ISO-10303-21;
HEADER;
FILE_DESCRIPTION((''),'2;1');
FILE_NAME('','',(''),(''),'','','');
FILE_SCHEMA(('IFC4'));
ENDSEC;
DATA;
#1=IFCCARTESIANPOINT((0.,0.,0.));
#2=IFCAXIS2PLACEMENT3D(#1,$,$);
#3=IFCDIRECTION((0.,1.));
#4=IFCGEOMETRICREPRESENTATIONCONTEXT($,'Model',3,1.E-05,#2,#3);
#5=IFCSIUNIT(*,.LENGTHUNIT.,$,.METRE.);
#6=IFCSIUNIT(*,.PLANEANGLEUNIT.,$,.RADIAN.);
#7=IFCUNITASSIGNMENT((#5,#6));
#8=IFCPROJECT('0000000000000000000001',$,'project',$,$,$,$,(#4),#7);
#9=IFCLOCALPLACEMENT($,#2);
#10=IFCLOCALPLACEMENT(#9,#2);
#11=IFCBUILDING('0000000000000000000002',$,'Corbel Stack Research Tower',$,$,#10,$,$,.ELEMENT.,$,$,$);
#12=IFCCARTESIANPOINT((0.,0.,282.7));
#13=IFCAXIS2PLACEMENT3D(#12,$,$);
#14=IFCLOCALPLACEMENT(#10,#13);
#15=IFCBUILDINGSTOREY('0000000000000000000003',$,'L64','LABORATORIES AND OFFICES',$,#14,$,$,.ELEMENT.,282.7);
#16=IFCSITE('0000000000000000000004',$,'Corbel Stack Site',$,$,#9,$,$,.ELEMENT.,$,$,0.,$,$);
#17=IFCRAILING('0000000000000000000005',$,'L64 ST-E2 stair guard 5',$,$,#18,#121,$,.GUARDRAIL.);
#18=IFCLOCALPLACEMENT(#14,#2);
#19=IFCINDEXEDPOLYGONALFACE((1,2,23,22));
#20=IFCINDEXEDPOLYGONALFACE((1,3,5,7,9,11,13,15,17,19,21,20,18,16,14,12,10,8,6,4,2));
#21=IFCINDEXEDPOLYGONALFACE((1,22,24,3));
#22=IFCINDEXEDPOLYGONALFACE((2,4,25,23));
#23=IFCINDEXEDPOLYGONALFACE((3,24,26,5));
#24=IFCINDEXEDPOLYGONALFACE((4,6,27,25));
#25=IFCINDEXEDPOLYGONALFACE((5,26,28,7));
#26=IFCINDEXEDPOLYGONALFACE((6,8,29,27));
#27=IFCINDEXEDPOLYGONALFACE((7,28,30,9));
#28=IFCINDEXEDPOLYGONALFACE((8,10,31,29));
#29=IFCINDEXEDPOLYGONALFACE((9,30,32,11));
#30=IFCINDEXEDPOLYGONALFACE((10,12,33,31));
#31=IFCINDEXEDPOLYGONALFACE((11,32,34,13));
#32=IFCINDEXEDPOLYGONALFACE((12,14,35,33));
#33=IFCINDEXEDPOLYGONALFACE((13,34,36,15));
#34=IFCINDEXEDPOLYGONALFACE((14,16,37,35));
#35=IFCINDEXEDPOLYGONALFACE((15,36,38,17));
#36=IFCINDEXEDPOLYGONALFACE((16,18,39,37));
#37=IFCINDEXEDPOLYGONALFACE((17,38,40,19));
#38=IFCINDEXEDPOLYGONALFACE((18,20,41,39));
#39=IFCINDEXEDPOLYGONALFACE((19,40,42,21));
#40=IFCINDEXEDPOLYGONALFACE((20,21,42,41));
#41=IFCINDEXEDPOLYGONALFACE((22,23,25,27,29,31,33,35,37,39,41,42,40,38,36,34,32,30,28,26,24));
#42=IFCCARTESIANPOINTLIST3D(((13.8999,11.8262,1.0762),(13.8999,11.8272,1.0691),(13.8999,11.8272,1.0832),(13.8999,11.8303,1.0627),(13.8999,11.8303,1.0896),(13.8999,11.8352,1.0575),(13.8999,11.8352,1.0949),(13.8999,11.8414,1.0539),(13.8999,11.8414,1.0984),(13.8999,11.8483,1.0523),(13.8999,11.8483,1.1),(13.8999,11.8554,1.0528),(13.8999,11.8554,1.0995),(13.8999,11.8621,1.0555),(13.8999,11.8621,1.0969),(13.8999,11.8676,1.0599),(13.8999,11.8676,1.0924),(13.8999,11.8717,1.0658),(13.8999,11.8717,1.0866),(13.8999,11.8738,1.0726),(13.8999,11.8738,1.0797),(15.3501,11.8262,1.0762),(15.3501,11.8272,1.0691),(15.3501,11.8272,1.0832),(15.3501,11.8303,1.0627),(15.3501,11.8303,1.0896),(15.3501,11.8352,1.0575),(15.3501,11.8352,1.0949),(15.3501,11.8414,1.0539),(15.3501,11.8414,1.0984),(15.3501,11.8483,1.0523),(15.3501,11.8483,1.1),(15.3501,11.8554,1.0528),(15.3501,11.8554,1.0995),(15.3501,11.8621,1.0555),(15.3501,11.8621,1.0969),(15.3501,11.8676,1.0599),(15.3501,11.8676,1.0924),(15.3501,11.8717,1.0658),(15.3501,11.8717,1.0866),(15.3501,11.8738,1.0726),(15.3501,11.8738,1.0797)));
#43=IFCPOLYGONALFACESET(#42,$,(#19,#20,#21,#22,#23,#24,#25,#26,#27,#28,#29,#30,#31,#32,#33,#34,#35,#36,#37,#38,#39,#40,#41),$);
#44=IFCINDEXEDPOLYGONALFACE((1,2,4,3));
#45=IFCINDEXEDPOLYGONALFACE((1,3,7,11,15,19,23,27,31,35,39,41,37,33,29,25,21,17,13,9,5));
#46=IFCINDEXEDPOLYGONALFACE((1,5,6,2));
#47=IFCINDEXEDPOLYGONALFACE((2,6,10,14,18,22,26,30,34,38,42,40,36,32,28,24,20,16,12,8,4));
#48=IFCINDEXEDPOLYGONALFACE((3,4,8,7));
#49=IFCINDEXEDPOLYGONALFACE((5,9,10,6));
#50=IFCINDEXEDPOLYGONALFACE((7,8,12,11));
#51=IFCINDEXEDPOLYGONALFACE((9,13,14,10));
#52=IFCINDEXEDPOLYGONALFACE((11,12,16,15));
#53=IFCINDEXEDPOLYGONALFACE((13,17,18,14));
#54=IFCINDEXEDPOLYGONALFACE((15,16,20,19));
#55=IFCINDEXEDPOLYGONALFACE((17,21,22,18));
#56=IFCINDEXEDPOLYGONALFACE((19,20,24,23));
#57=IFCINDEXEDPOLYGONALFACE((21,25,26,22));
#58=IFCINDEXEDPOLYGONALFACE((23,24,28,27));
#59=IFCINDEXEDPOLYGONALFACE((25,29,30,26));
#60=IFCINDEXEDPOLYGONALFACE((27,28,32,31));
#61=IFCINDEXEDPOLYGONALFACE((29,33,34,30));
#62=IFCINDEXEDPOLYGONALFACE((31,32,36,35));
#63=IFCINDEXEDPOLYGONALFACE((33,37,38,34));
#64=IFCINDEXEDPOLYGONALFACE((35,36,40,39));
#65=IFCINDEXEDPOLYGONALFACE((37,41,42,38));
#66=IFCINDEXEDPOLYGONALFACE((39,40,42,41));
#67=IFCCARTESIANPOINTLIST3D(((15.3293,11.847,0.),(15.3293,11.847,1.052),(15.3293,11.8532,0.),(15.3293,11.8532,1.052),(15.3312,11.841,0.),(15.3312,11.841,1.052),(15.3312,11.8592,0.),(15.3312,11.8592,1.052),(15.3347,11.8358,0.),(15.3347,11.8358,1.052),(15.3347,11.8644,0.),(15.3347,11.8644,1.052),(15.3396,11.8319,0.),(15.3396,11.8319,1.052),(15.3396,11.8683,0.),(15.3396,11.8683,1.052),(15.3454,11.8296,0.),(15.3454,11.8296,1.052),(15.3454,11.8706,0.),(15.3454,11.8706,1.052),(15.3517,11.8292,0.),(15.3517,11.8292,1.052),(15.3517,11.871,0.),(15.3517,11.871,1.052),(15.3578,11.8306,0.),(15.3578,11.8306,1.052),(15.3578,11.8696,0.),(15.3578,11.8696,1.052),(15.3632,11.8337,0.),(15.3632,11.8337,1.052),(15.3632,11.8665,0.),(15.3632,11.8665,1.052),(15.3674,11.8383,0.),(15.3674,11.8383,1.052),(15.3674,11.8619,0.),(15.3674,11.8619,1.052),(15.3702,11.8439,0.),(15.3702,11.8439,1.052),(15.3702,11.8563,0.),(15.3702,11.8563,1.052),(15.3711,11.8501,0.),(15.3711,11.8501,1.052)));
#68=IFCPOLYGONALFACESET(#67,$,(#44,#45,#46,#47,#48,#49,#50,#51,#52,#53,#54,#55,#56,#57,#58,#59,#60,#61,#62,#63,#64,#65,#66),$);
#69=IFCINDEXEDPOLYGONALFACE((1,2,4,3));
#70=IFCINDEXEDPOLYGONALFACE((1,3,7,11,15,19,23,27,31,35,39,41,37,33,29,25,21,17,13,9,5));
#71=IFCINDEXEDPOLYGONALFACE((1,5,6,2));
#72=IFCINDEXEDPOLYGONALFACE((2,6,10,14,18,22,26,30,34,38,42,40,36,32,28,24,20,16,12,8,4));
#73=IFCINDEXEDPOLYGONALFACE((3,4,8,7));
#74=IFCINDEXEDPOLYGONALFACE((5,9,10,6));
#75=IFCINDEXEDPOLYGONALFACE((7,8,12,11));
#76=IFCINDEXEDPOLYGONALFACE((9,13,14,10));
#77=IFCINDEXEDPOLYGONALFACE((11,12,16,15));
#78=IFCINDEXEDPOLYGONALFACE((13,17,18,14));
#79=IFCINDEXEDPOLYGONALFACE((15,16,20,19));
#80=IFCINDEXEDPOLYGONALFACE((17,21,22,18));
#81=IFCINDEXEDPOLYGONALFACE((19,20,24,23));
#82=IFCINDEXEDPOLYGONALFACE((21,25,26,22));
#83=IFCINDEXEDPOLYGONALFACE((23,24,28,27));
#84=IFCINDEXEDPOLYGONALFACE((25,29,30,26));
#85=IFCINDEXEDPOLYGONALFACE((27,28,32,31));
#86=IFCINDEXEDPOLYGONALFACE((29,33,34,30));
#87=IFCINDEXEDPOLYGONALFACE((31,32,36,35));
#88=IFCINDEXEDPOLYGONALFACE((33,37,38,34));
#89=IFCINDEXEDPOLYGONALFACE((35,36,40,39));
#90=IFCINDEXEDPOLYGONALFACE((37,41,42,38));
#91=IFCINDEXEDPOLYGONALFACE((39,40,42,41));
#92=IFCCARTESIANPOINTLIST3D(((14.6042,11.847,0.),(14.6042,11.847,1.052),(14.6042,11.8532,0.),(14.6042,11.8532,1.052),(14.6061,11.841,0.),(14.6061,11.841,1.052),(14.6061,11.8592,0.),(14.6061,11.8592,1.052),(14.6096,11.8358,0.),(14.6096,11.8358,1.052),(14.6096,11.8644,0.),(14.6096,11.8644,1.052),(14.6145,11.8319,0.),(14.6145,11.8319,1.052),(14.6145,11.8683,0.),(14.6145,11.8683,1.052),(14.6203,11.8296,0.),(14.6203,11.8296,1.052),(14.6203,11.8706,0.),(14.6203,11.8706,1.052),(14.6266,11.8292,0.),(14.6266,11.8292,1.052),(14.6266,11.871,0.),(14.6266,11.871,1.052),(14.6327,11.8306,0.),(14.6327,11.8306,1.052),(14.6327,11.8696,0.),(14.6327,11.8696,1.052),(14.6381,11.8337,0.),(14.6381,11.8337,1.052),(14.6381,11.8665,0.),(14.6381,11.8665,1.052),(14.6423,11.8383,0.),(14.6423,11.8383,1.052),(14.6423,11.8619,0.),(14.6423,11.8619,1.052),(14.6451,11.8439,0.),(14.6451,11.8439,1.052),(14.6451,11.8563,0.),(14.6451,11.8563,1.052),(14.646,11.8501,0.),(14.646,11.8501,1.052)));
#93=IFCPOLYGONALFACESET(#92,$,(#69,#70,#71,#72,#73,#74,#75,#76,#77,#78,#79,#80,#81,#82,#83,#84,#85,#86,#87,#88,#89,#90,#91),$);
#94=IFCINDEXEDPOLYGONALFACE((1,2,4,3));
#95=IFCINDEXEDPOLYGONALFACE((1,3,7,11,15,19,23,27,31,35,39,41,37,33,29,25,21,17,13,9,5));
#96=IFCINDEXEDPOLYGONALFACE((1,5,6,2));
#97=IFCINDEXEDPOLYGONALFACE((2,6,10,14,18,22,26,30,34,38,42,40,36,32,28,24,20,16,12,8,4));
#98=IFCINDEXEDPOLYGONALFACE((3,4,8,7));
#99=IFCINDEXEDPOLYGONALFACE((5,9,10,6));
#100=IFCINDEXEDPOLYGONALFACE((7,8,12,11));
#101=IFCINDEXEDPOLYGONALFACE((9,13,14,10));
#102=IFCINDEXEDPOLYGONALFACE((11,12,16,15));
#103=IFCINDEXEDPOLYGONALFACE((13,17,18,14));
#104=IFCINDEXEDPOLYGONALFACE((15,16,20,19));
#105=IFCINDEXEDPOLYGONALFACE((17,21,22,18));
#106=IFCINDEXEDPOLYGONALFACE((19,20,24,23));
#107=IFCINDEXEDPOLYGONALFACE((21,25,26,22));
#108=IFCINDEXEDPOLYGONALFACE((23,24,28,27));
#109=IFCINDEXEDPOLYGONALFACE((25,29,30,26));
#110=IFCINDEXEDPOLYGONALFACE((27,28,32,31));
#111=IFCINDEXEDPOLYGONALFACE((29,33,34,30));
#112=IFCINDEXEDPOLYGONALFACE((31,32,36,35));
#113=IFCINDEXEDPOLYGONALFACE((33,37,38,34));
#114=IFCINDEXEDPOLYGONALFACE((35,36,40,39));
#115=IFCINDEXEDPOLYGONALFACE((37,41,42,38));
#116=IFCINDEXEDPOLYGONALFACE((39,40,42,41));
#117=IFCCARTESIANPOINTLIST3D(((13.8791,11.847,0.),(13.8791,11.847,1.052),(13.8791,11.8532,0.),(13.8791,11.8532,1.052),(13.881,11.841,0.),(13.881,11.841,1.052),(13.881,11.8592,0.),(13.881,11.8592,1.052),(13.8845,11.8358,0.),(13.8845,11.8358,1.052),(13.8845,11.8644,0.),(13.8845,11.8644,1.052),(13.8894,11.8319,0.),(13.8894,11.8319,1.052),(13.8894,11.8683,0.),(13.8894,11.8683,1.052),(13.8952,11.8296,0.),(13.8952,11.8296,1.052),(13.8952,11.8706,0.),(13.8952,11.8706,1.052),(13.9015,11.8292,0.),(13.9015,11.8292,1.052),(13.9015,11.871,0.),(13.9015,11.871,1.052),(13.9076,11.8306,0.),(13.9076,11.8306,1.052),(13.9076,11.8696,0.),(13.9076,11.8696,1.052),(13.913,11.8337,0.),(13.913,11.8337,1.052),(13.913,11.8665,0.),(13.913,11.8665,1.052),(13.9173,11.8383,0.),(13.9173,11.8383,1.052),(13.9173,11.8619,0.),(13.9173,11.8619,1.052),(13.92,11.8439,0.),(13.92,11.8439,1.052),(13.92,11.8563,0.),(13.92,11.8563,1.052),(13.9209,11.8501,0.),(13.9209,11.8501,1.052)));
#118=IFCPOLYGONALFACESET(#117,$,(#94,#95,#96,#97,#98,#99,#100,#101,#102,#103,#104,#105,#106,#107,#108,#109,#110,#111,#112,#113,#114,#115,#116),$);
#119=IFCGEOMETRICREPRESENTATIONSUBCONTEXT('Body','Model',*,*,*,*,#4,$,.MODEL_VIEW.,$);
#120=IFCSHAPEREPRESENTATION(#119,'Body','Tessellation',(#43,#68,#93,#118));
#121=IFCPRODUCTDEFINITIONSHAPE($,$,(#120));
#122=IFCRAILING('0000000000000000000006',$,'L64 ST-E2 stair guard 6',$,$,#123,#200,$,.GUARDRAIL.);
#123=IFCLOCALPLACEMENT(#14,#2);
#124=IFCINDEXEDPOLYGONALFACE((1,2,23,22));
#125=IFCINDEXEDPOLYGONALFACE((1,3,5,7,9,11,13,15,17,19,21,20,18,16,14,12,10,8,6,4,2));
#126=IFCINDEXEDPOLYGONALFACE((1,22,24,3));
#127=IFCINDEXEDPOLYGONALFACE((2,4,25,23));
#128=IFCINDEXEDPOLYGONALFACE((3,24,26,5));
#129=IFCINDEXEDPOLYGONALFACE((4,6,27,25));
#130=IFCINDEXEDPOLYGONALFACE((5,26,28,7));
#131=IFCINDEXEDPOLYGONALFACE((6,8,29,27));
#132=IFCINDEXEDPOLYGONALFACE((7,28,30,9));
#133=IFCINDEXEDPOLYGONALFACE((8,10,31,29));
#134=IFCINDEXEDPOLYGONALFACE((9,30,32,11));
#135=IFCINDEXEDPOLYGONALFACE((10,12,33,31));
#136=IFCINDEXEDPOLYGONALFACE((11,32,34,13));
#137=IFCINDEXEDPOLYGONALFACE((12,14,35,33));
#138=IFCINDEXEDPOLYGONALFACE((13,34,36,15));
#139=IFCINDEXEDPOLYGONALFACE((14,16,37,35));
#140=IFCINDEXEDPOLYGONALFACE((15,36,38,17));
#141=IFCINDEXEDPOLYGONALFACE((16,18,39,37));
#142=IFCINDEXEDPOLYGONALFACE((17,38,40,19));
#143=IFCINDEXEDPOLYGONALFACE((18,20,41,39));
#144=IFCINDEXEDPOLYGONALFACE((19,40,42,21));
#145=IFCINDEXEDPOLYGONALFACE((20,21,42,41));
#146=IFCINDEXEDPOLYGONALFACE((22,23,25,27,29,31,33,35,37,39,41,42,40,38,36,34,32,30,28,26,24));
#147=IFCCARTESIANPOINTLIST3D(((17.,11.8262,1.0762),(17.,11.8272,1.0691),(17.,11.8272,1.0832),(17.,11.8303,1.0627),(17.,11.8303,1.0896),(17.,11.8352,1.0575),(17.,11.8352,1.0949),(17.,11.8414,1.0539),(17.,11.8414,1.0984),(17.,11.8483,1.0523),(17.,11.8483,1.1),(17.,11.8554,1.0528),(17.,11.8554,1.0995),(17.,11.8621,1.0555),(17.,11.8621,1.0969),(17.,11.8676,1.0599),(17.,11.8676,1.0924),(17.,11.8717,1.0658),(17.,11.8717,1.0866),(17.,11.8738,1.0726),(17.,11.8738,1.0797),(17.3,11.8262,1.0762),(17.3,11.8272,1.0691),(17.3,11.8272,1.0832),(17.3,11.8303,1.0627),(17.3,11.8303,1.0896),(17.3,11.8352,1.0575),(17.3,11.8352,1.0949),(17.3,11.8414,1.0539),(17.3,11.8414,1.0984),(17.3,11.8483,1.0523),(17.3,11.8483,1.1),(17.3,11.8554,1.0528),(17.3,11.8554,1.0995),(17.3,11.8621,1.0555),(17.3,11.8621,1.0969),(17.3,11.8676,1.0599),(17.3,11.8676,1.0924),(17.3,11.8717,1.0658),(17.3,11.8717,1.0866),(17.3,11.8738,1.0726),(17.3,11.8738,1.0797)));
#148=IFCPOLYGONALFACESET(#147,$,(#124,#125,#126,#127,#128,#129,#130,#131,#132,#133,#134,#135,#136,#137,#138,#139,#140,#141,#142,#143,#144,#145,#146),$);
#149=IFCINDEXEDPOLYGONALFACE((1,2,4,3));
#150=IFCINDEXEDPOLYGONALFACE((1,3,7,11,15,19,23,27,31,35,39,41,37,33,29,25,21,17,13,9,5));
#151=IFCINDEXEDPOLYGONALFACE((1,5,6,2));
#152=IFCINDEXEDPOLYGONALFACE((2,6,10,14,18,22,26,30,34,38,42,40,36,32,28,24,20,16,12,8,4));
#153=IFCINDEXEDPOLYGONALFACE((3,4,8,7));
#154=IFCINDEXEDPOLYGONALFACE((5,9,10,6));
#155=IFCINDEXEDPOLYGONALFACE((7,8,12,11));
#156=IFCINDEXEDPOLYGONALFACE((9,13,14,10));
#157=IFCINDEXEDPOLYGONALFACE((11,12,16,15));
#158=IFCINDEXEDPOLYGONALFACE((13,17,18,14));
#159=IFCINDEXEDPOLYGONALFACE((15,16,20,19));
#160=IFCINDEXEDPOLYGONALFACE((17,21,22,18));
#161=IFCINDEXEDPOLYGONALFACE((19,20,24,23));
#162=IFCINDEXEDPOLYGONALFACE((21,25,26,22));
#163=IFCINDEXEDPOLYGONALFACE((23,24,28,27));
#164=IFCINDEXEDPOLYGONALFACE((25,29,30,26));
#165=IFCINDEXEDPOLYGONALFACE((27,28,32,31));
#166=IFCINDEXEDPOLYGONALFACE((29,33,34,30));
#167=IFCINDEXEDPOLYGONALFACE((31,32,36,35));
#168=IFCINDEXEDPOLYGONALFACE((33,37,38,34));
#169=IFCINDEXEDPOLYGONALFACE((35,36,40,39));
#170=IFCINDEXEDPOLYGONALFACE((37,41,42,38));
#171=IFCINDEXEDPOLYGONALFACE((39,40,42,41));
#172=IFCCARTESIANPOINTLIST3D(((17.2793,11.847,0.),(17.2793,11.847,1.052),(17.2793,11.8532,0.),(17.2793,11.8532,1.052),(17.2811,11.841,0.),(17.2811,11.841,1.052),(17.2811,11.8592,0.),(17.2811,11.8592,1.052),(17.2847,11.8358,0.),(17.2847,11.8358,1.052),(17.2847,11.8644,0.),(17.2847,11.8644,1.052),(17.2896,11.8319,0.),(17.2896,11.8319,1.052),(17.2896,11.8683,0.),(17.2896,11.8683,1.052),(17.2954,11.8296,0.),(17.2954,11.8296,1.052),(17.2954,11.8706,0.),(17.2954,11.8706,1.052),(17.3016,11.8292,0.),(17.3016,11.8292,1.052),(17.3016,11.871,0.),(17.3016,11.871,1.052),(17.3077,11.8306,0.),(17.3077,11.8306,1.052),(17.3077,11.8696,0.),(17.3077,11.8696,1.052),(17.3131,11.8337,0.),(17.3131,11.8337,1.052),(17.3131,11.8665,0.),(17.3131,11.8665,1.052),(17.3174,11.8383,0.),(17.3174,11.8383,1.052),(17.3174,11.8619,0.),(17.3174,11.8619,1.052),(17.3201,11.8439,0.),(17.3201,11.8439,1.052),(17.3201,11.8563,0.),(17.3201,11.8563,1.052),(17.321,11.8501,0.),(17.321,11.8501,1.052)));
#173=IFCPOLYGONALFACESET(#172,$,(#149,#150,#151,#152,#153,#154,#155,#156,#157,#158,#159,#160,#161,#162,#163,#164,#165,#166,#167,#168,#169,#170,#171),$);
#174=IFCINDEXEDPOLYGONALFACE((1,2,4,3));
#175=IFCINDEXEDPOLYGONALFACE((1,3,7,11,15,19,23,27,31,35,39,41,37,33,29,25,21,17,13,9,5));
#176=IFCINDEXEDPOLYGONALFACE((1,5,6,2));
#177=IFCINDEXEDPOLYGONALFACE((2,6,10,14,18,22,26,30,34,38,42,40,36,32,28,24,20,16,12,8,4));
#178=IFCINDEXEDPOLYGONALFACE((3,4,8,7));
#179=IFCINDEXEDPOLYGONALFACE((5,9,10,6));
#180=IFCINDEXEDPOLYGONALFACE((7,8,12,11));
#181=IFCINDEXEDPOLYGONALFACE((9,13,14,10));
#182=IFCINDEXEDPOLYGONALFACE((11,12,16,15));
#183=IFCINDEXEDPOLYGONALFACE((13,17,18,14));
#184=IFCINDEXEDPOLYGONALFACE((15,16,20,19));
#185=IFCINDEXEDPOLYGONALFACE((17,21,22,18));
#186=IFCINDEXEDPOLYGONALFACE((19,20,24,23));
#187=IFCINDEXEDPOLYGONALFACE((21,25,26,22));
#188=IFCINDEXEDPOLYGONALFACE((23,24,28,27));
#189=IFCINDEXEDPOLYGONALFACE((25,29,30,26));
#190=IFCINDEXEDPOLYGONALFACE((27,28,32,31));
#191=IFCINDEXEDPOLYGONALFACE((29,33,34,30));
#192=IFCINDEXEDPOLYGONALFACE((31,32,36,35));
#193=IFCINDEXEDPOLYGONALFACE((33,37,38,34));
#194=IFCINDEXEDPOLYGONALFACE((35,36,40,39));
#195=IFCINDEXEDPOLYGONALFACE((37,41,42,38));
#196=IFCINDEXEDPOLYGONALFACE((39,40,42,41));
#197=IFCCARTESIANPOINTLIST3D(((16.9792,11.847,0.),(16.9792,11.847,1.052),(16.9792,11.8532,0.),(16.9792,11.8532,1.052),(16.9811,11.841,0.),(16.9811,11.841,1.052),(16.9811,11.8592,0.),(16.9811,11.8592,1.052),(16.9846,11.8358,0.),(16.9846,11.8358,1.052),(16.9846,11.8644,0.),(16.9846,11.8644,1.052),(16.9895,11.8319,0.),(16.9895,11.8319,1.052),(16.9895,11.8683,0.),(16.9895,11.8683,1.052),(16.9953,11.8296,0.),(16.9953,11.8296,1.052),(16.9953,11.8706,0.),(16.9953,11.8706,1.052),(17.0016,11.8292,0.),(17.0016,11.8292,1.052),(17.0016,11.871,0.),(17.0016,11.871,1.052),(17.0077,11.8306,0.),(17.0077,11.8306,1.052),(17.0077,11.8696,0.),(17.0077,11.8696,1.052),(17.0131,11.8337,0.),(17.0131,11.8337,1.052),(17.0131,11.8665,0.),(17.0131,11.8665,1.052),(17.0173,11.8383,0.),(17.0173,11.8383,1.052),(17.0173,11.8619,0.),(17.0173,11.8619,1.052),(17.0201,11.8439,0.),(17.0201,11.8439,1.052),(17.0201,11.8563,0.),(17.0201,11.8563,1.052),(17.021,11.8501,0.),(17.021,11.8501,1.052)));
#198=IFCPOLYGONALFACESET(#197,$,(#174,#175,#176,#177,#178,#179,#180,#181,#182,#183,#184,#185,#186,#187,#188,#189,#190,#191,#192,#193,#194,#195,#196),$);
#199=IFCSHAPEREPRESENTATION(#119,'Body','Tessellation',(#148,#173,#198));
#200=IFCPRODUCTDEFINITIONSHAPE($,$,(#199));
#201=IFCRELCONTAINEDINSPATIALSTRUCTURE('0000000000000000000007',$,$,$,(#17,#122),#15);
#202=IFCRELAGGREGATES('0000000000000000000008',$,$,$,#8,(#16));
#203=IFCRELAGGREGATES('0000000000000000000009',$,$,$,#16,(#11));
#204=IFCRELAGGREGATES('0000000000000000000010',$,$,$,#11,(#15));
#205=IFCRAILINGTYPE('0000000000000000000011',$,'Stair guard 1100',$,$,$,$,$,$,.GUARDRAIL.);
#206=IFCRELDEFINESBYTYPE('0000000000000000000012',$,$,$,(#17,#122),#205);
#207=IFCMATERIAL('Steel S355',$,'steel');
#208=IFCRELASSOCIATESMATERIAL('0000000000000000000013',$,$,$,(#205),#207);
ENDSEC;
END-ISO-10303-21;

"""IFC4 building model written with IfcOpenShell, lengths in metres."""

from ifc_helpers import new_model, si_unit, direction, frame, origin, origin_2d, place, context, subcontext, project, spatial, circle, extrude, material, type_object, element, save


model = new_model("IFC4")

# Units and contexts
model_context = context("Model", 3, precision=1e-05, world=origin(), true_north=direction((0.0, 1.0)))
body_context = subcontext(model_context, "Body", "Model", "MODEL_VIEW")
ifc_project = project(units=[si_unit("LENGTHUNIT", "METRE"), si_unit("PLANEANGLEUNIT", "RADIAN")], contexts=[model_context])

# Site, building, storey
site_placement = place(None, origin())
site = spatial("IfcSite", under=ifc_project, at=site_placement, Name="Corbel Stack Site", CompositionType="ELEMENT", RefElevation=0.0)
building_placement = place(site_placement, origin())
building = spatial("IfcBuilding", under=site, at=building_placement, Name="Corbel Stack Research Tower", CompositionType="ELEMENT")
storey_placement = place(building_placement, frame((0.0, 0.0, 282.7)))
storey = spatial("IfcBuildingStorey", under=building, at=storey_placement, Name="L64", Description="LABORATORIES AND OFFICES", CompositionType="ELEMENT", Elevation=282.7)

# Railings
ifc_material_1 = material(Name="Steel S355", Category="steel")
railing_type_1 = type_object("IfcRailingType", Name="Stair guard 1100", PredefinedType="GUARDRAIL", material=ifc_material_1)
railing_1_placement = place(storey_placement, frame((15.3501, 11.8501, 0.0)))
element("IfcRailing", 1, at=railing_1_placement, inside=storey, type_object=railing_type_1, Name="L64 ST-E2 stair guard 5", PredefinedType="GUARDRAIL", context=body_context, shape_type="SweptSolid", body=[
    extrude(circle(Radius=0.0239, at=origin_2d()), frame((0.0, 0.0, 1.0762), z_axis=(-1.0, 0.0, 0.0), x_axis=(0.0, -1.0, 0.0)), (0.0, 0.0, 1.0), 1.4502),
    extrude(circle(Radius=0.021, at=origin_2d()), origin(), (0.0, 0.0, 1.0), 1.052),
    extrude(circle(Radius=0.021, at=origin_2d()), frame((-0.7251, 0.0, 0.0)), (0.0, 0.0, 1.0), 1.052),
    extrude(circle(Radius=0.021, at=origin_2d()), frame((-1.4502, 0.0, 0.0)), (0.0, 0.0, 1.0), 1.052),
])
railing_2_placement = place(storey_placement, frame((17.3, 11.8501, 0.0)))
element("IfcRailing", 2, at=railing_2_placement, inside=storey, type_object=railing_type_1, Name="L64 ST-E2 stair guard 6", PredefinedType="GUARDRAIL", context=body_context, shape_type="SweptSolid", body=[
    extrude(circle(Radius=0.0239, at=origin_2d()), frame((0.0, 0.0, 1.0762), z_axis=(-1.0, 0.0, 0.0), x_axis=(0.0, -1.0, 0.0)), (0.0, 0.0, 1.0), 0.3),
    extrude(circle(Radius=0.021, at=origin_2d()), origin(), (0.0, 0.0, 1.0), 1.052),
    extrude(circle(Radius=0.021, at=origin_2d()), frame((-0.3, 0.0, 0.0)), (0.0, 0.0, 1.0), 1.052),
])

save(model, "model.ifc")
